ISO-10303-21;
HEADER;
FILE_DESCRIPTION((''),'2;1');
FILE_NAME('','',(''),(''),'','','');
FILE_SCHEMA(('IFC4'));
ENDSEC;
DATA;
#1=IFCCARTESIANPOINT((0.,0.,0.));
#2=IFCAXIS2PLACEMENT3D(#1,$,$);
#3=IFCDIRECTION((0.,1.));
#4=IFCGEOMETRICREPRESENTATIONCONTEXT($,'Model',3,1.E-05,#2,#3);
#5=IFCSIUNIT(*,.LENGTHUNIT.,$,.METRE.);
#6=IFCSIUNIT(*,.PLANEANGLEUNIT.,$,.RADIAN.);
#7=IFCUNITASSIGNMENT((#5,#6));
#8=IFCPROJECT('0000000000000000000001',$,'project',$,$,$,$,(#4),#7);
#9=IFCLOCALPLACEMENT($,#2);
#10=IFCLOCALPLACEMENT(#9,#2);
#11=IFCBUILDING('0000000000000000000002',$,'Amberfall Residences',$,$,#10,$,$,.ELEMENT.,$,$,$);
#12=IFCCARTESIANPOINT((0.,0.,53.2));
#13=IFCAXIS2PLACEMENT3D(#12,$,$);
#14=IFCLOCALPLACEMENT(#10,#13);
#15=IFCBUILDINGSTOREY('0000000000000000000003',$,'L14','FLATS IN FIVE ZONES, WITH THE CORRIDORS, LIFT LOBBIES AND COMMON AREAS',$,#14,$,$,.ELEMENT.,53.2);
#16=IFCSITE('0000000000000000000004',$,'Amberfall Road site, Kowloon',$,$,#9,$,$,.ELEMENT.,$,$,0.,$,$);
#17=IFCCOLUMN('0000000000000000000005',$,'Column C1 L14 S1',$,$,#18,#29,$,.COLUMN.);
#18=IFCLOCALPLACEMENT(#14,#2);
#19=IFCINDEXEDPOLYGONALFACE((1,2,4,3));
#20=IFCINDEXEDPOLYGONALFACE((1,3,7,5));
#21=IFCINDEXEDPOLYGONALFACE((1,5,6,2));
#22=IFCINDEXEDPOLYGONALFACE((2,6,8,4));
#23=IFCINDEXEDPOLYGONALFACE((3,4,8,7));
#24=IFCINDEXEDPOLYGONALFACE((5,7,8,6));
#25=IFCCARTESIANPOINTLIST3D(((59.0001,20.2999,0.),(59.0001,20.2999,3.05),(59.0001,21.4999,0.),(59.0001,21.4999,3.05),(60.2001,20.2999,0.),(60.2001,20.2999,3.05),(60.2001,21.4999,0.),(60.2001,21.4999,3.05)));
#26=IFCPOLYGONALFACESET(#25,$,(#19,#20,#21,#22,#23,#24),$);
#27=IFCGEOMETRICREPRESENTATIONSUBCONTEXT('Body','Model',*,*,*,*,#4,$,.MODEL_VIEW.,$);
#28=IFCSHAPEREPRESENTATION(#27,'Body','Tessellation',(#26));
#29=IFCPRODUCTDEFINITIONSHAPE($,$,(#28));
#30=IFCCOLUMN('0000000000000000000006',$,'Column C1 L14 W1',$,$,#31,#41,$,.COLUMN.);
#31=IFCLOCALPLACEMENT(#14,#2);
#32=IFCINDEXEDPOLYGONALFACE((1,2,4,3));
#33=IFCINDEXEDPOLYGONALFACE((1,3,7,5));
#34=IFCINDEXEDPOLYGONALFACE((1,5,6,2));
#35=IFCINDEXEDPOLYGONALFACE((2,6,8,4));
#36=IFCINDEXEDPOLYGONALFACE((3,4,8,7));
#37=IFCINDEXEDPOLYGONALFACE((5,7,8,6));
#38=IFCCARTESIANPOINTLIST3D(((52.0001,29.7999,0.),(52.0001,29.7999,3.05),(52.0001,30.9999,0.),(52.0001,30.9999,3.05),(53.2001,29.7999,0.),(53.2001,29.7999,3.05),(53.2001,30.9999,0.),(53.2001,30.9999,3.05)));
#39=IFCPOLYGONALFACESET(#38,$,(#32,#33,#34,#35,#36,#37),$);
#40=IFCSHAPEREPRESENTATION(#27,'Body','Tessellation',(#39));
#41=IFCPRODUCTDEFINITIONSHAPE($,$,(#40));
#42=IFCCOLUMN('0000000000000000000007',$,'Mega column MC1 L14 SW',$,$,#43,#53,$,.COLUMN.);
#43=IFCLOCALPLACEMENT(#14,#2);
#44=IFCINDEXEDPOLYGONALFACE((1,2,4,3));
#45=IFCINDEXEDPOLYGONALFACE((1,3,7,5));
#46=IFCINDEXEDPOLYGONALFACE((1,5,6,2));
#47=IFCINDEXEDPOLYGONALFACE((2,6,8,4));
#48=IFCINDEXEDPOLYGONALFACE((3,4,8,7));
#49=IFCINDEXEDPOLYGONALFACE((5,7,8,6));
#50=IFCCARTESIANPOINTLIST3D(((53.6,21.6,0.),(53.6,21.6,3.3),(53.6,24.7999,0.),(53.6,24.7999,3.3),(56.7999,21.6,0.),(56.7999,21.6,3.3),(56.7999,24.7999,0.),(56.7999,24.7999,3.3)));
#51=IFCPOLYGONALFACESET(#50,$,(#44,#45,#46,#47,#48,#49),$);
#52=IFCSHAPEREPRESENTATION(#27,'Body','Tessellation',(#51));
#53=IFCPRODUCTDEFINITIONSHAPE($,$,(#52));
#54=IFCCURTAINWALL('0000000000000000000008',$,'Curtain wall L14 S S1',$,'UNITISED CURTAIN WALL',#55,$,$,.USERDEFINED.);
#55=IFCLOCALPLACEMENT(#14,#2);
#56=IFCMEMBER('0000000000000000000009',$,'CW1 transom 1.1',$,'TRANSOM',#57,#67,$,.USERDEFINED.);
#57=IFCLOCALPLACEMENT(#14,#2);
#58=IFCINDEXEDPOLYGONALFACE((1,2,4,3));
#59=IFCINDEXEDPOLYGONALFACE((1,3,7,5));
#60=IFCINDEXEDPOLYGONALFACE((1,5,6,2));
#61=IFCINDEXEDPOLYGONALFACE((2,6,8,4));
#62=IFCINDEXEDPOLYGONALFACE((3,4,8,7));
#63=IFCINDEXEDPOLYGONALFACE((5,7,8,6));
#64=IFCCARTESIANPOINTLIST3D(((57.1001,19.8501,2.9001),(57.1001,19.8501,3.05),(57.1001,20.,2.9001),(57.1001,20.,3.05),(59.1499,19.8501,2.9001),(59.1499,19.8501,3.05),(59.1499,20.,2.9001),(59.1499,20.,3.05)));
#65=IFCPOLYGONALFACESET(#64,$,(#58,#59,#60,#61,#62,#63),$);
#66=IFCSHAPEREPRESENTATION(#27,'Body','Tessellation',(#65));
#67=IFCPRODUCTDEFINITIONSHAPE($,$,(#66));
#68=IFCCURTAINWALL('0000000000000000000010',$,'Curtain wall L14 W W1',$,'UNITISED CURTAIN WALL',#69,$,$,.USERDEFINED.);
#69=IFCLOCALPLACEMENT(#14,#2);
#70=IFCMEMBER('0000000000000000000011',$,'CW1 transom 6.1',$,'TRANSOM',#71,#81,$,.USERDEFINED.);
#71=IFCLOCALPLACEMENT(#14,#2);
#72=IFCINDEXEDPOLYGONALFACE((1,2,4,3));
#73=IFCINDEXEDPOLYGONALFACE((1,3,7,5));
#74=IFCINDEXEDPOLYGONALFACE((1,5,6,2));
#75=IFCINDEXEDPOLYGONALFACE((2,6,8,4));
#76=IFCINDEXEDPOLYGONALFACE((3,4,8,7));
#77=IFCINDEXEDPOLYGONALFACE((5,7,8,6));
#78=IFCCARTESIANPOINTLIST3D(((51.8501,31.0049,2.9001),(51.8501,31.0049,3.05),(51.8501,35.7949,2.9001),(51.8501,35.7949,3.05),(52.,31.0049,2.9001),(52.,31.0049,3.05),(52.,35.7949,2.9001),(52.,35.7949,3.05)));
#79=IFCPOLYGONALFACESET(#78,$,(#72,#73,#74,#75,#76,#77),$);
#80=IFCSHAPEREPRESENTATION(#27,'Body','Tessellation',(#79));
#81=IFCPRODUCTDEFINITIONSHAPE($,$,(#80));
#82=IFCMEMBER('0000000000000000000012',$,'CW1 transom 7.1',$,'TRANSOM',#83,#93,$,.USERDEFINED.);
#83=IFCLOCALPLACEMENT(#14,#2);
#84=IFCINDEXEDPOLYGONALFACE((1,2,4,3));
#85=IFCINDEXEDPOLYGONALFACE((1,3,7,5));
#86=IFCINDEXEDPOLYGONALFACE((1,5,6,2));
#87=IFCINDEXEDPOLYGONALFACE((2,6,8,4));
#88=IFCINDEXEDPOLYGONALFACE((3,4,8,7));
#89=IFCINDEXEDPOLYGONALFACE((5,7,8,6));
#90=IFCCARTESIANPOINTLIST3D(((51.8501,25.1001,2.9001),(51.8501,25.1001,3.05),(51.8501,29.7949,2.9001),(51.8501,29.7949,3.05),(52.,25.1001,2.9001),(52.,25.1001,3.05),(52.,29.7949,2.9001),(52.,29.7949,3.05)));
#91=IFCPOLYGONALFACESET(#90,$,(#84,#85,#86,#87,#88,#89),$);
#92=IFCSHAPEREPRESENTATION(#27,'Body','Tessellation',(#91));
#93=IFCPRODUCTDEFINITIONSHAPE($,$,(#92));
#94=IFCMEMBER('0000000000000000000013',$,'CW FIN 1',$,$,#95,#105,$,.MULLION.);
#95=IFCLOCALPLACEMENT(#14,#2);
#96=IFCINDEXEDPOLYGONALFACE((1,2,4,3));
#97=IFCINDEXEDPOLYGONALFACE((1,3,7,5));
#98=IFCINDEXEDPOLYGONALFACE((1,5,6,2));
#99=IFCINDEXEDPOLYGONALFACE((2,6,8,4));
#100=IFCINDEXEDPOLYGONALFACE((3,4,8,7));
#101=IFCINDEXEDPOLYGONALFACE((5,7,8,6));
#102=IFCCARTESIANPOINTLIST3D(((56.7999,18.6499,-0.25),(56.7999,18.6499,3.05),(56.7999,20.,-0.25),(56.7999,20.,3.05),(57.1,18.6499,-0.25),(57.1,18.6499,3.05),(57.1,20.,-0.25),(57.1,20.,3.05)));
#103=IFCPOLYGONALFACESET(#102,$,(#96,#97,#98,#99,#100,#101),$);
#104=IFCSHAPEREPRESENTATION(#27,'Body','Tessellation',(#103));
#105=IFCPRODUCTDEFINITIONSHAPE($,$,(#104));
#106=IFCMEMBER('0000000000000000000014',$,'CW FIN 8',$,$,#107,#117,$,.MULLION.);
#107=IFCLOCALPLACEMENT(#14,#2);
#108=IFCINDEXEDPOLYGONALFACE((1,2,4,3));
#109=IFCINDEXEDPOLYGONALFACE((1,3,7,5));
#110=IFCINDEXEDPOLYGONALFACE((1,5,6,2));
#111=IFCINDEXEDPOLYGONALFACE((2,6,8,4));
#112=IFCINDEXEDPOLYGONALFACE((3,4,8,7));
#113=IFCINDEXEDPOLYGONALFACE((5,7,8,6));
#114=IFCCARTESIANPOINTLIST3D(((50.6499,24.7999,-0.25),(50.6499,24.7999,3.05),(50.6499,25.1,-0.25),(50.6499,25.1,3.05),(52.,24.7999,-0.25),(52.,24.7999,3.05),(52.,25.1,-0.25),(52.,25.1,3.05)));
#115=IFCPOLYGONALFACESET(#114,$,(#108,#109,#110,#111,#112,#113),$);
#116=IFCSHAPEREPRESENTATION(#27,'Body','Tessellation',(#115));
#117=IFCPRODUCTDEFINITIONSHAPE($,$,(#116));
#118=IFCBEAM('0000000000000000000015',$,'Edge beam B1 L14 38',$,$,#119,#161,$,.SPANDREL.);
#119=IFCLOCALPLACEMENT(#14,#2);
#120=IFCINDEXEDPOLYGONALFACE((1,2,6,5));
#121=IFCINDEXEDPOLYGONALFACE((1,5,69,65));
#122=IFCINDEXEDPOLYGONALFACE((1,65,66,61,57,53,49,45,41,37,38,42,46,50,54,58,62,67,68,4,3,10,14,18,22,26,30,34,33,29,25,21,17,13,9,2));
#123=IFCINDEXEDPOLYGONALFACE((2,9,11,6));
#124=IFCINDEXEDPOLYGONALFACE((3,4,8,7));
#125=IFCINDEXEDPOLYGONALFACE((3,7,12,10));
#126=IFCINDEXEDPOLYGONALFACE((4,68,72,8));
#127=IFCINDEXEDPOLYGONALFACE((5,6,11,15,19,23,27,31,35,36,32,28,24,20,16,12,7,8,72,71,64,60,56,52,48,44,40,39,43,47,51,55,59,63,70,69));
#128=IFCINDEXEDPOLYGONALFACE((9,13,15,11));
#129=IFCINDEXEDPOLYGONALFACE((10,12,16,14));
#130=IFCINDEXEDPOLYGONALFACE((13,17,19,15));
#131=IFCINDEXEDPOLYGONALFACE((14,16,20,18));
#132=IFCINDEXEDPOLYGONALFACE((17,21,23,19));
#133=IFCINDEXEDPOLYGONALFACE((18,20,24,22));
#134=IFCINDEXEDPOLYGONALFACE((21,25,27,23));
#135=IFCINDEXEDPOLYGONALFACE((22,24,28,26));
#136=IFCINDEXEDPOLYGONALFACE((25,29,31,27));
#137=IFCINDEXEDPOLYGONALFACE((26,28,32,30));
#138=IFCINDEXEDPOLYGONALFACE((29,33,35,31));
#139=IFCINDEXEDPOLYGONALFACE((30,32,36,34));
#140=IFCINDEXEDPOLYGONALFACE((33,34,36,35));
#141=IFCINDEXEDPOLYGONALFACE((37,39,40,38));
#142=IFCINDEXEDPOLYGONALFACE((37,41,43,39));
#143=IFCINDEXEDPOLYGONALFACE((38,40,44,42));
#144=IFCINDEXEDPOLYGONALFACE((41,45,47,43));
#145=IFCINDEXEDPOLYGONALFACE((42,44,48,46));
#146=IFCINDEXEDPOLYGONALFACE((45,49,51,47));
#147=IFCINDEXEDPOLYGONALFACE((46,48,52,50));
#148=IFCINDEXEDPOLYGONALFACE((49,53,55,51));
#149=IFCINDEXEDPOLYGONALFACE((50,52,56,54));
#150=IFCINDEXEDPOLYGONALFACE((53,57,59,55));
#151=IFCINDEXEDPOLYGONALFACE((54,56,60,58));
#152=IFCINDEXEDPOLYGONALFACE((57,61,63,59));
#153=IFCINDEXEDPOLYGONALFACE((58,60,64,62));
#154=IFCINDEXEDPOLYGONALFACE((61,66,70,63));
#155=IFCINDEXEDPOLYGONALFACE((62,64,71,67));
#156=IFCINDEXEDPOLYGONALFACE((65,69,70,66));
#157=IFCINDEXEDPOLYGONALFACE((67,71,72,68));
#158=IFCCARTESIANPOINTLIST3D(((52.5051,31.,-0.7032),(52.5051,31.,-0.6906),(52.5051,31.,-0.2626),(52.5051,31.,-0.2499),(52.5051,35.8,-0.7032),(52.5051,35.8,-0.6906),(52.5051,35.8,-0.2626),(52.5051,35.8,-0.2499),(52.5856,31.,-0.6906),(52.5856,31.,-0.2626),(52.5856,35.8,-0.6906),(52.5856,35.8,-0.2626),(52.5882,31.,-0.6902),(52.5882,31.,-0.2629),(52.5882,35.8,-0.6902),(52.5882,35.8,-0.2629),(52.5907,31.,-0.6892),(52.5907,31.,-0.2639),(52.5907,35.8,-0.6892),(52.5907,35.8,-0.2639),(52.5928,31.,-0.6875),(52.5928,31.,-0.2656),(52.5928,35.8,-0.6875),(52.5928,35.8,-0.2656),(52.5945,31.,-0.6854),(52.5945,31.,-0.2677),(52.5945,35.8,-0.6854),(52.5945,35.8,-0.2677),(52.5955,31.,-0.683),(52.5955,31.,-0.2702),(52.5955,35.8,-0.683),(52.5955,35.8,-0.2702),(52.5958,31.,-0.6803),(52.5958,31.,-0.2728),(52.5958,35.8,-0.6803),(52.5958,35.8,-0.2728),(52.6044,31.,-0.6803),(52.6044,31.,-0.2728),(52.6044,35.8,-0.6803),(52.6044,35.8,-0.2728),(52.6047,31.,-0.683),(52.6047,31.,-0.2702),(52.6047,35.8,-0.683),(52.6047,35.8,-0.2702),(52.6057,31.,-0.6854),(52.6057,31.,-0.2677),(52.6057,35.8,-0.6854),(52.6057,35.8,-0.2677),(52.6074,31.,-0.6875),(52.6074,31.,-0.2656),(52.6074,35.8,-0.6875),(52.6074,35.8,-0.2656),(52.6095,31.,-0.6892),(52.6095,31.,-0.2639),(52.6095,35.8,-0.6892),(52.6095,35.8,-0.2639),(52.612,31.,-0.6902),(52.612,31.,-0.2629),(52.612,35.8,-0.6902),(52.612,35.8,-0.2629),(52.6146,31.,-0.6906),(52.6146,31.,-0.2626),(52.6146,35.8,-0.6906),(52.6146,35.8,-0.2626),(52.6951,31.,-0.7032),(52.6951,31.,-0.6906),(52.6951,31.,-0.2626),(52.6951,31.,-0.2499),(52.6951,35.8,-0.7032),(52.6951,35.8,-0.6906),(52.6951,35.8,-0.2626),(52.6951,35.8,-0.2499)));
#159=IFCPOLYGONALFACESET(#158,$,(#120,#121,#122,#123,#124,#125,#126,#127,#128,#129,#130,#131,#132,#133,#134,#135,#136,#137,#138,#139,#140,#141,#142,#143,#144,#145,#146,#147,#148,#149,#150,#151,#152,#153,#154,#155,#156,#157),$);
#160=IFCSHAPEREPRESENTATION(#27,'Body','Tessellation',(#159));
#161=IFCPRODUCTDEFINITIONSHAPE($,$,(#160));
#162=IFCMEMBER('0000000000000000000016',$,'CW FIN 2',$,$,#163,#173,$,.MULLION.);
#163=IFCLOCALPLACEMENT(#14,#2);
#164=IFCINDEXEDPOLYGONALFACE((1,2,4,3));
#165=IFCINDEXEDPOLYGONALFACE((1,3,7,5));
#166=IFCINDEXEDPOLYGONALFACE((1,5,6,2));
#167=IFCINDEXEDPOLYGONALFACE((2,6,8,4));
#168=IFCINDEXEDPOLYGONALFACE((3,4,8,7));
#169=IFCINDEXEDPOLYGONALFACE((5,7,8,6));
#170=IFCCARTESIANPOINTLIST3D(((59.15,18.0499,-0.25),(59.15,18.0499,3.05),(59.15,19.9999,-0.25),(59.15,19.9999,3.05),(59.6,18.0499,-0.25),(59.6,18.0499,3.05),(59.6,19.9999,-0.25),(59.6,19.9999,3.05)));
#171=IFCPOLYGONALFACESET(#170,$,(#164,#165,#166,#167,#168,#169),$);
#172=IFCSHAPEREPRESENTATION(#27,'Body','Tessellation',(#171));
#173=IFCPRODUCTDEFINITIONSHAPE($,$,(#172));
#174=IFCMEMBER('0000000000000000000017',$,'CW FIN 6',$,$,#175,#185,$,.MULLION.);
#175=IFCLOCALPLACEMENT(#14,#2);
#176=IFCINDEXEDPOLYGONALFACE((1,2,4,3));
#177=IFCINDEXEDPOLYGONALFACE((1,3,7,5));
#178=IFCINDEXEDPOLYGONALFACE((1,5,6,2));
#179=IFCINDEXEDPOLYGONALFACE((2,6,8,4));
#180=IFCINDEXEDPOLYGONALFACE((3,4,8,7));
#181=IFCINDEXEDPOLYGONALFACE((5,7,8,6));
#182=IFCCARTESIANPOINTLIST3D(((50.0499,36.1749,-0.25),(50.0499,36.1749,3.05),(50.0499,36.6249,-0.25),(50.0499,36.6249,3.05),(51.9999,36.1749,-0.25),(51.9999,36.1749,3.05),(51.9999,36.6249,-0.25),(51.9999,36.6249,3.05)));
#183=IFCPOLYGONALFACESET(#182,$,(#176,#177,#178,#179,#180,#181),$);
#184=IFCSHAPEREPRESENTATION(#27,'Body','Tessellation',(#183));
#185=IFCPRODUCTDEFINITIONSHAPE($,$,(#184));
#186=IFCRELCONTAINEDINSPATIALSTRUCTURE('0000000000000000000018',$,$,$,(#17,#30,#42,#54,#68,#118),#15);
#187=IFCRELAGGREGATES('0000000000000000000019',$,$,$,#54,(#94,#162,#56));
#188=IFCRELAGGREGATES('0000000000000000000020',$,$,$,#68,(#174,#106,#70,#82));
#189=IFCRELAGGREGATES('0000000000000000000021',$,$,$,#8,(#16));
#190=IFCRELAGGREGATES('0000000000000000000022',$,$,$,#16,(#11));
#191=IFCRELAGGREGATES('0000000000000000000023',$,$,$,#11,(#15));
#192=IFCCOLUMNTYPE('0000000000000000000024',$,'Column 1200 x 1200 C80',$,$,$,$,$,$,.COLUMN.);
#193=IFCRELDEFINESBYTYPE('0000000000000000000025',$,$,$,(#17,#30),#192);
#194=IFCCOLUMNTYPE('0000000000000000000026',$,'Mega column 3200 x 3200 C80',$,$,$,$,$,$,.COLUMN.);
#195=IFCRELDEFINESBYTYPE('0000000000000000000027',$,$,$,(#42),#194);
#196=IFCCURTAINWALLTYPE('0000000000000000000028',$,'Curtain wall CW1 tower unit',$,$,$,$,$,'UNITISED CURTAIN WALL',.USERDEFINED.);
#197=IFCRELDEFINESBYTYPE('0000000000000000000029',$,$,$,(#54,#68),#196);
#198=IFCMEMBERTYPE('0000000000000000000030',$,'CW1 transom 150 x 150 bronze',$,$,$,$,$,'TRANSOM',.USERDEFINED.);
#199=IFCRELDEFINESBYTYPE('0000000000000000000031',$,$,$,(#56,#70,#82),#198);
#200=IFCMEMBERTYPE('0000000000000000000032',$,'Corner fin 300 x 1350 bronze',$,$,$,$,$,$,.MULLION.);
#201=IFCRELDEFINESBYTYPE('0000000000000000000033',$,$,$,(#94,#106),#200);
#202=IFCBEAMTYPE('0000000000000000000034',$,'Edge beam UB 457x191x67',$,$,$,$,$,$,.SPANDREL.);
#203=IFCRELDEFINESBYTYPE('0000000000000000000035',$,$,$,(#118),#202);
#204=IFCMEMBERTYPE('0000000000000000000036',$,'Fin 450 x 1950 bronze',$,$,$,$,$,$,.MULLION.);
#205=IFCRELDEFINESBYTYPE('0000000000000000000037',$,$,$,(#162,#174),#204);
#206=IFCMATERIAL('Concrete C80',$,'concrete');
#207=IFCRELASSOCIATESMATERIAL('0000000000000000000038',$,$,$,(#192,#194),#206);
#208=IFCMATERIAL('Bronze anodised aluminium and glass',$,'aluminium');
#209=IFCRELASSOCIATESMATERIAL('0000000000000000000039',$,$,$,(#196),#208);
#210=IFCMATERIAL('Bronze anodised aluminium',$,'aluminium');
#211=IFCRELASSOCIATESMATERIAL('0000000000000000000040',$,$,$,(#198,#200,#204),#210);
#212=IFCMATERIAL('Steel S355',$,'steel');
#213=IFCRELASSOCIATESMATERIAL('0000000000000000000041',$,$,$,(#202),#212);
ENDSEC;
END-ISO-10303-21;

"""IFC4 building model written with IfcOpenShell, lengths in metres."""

from ifc_helpers import new_model, si_unit, direction, frame, origin, origin_2d, place, context, subcontext, project, spatial, rectangle, i_section, extrude, material, material_profile, profile_set, type_object, element, aggregate, save


model = new_model("IFC4")

# Units and contexts
model_context = context("Model", 3, precision=1e-05, world=origin(), true_north=direction((0.0, 1.0)))
body_context = subcontext(model_context, "Body", "Model", "MODEL_VIEW")
ifc_project = project(units=[si_unit("LENGTHUNIT", "METRE"), si_unit("PLANEANGLEUNIT", "RADIAN")], contexts=[model_context])

# Site, building, storey
site_placement = place(None, origin())
site = spatial("IfcSite", under=ifc_project, at=site_placement, Name="Amberfall Road site, Kowloon", CompositionType="ELEMENT", RefElevation=0.0)
building_placement = place(site_placement, origin())
building = spatial("IfcBuilding", under=site, at=building_placement, Name="Amberfall Residences", CompositionType="ELEMENT")
storey_placement = place(building_placement, frame((0.0, 0.0, 53.2)))
storey = spatial("IfcBuildingStorey", under=building, at=storey_placement, Name="L14", Description="FLATS IN FIVE ZONES, WITH THE CORRIDORS, LIFT LOBBIES AND COMMON AREAS", CompositionType="ELEMENT", Elevation=53.2)

# Columns
ifc_material_1 = material(Name="Concrete C80", Category="concrete")
ifc_material_profile_1 = material_profile(ifc_material_1, rectangle(XDim=1.2, YDim=1.2, at=origin_2d()), Name="Column 1200 x 1200 C80")
ifc_profile_set_1 = profile_set([ifc_material_profile_1], Name="Concrete C80")
column_type_1 = type_object("IfcColumnType", Name="Column 1200 x 1200 C80", PredefinedType="COLUMN", material=ifc_profile_set_1)
for number, where, z_axis, x_axis, name in (
    (1, (59.6001, 20.8999, 0.0), (0.0, 0.0, 1.0), (1.0, 0.0, 0.0), "Column C1 L14 S1"),
    (2, (52.6001, 30.3999, 0.0), (0.0, 0.0, 1.0), (1.0, 0.0, 0.0), "Column C1 L14 W1"),
):
    element("IfcColumn", number, at=place(storey_placement, frame(where, z_axis=z_axis, x_axis=x_axis)), inside=storey, type_object=column_type_1, Name=name, PredefinedType="COLUMN", context=body_context, shape_type="SweptSolid", body=[
        extrude(rectangle(XDim=1.2, YDim=1.2, at=origin_2d()), origin(), (0.0, 0.0, 1.0), 3.05),
    ])
ifc_material_profile_2 = material_profile(ifc_material_1, rectangle(XDim=3.2, YDim=3.2, at=origin_2d()), Name="Mega column 3200 x 3200 C80")
ifc_profile_set_2 = profile_set([ifc_material_profile_2], Name="Concrete C80")
column_type_2 = type_object("IfcColumnType", Name="Mega column 3200 x 3200 C80", PredefinedType="COLUMN", material=ifc_profile_set_2)
column_placement = place(storey_placement, frame((55.2, 23.2, 0.0), z_axis=(0.0, 0.0, 1.0), x_axis=(1.0, 0.0, 0.0)))
element("IfcColumn", 3, at=column_placement, inside=storey, type_object=column_type_2, Name="Mega column MC1 L14 SW", PredefinedType="COLUMN", context=body_context, shape_type="SweptSolid", body=[
    extrude(rectangle(XDim=3.2, YDim=3.2, at=origin_2d()), origin(), (0.0, 0.0, 1.0), 3.3),
])

# Curtain wall, member
ifc_material_2 = material(Name="Bronze anodised aluminium and glass", Category="aluminium")
curtain_wall_type = type_object("IfcCurtainWallType", Name="Curtain wall CW1 tower unit", ElementType="UNITISED CURTAIN WALL", PredefinedType="USERDEFINED", material=ifc_material_2)
curtain_wall_1_placement = place(storey_placement, origin())
curtain_wall_1 = element("IfcCurtainWall", 4, at=curtain_wall_1_placement, inside=storey, type_object=curtain_wall_type, Name="Curtain wall L14 S S1", ObjectType="UNITISED CURTAIN WALL", PredefinedType="USERDEFINED")
ifc_material_3 = material(Name="Bronze anodised aluminium", Category="aluminium")
ifc_material_profile_3 = material_profile(ifc_material_3, rectangle(XDim=0.1499, YDim=0.1499, at=origin_2d()), Name="CW1 transom 150 x 150 bronze")
ifc_profile_set_3 = profile_set([ifc_material_profile_3], Name="Bronze anodised aluminium")
member_type_1 = type_object("IfcMemberType", Name="CW1 transom 150 x 150 bronze", ElementType="TRANSOM", PredefinedType="USERDEFINED", material=ifc_profile_set_3)
member_1_placement = place(storey_placement, frame((57.1001, 19.925, 2.9751), z_axis=(1.0, 0.0, 0.0), x_axis=(0.0, 1.0, 0.0)))
member_1 = element("IfcMember", 5, at=member_1_placement, type_object=member_type_1, Name="CW1 transom 1.1", ObjectType="TRANSOM", PredefinedType="USERDEFINED", context=body_context, shape_type="SweptSolid", body=[
    extrude(rectangle(XDim=0.1499, YDim=0.1499, at=origin_2d()), origin(), (0.0, 0.0, 1.0), 2.0498),
])

# Curtain wall, members
curtain_wall_2_placement = place(storey_placement, origin())
curtain_wall_2 = element("IfcCurtainWall", 6, at=curtain_wall_2_placement, inside=storey, type_object=curtain_wall_type, Name="Curtain wall L14 W W1", ObjectType="UNITISED CURTAIN WALL", PredefinedType="USERDEFINED")
member_2_placement = place(storey_placement, frame((51.925, 35.7949, 2.9751), z_axis=(0.0, -1.0, 0.0), x_axis=(1.0, 0.0, 0.0)))
member_2 = element("IfcMember", 7, at=member_2_placement, type_object=member_type_1, Name="CW1 transom 6.1", ObjectType="TRANSOM", PredefinedType="USERDEFINED", context=body_context, shape_type="SweptSolid", body=[
    extrude(rectangle(XDim=0.1499, YDim=0.1499, at=origin_2d()), origin(), (0.0, 0.0, 1.0), 4.79),
])
member_3_placement = place(storey_placement, frame((51.925, 29.7949, 2.9751), z_axis=(0.0, -1.0, 0.0), x_axis=(1.0, 0.0, 0.0)))
member_3 = element("IfcMember", 8, at=member_3_placement, type_object=member_type_1, Name="CW1 transom 7.1", ObjectType="TRANSOM", PredefinedType="USERDEFINED", context=body_context, shape_type="SweptSolid", body=[
    extrude(rectangle(XDim=0.1499, YDim=0.1499, at=origin_2d()), origin(), (0.0, 0.0, 1.0), 4.6948),
])

# Members
ifc_material_profile_4 = material_profile(ifc_material_3, rectangle(XDim=1.3501, YDim=0.3, at=origin_2d()), Name="Corner fin 300 x 1350 bronze")
ifc_profile_set_4 = profile_set([ifc_material_profile_4], Name="Bronze anodised aluminium")
member_type_2 = type_object("IfcMemberType", Name="Corner fin 300 x 1350 bronze", PredefinedType="MULLION", material=ifc_profile_set_4)
member_4_placement = place(storey_placement, frame((56.95, 19.325, -0.25), z_axis=(0.0, 0.0, 1.0), x_axis=(0.0, 1.0, 0.0)))
member_4 = element("IfcMember", 9, at=member_4_placement, type_object=member_type_2, Name="CW FIN 1", PredefinedType="MULLION", context=body_context, shape_type="SweptSolid", body=[
    extrude(rectangle(XDim=1.3501, YDim=0.3, at=origin_2d()), origin(), (0.0, 0.0, 1.0), 3.3),
])
member_5_placement = place(storey_placement, frame((51.325, 24.95, -0.25), z_axis=(0.0, 0.0, 1.0), x_axis=(1.0, 0.0, 0.0)))
member_5 = element("IfcMember", 10, at=member_5_placement, type_object=member_type_2, Name="CW FIN 8", PredefinedType="MULLION", context=body_context, shape_type="SweptSolid", body=[
    extrude(rectangle(XDim=1.3501, YDim=0.3, at=origin_2d()), origin(), (0.0, 0.0, 1.0), 3.3),
])

# Beam
ifc_material_4 = material(Name="Steel S355", Category="steel")
ifc_material_profile_5 = material_profile(ifc_material_4, i_section(OverallWidth=0.1899, OverallDepth=0.4534, WebThickness=0.0085, FlangeThickness=0.0127, FilletRadius=0.0103, at=origin_2d()), Name="UB 457x191x67")
ifc_profile_set_5 = profile_set([ifc_material_profile_5], Name="Steel S355")
beam_type_1 = type_object("IfcBeamType", Name="Edge beam UB 457x191x67", PredefinedType="SPANDREL", material=ifc_profile_set_5)
beam_1_placement = place(storey_placement, frame((52.6001, 31.0, -0.4766), z_axis=(0.0, 1.0, 0.0), x_axis=(-1.0, 0.0, 0.0)))
element("IfcBeam", 11, at=beam_1_placement, inside=storey, type_object=beam_type_1, Name="Edge beam B1 L14 38", PredefinedType="SPANDREL", context=body_context, shape_type="SweptSolid", body=[
    extrude(i_section(OverallWidth=0.1899, OverallDepth=0.4534, WebThickness=0.0085, FlangeThickness=0.0127, FilletRadius=0.0103, at=origin_2d()), origin(), (0.0, 0.0, 1.0), 4.8),
])

# Members
ifc_material_profile_6 = material_profile(ifc_material_3, rectangle(XDim=1.95, YDim=0.45, at=origin_2d()), Name="Fin 450 x 1950 bronze")
ifc_profile_set_6 = profile_set([ifc_material_profile_6], Name="Bronze anodised aluminium")
member_type_3 = type_object("IfcMemberType", Name="Fin 450 x 1950 bronze", PredefinedType="MULLION", material=ifc_profile_set_6)
member_6_placement = place(storey_placement, frame((59.375, 19.0249, -0.25), z_axis=(0.0, 0.0, 1.0), x_axis=(0.0, 1.0, 0.0)))
member_6 = element("IfcMember", 12, at=member_6_placement, type_object=member_type_3, Name="CW FIN 2", PredefinedType="MULLION", context=body_context, shape_type="SweptSolid", body=[
    extrude(rectangle(XDim=1.95, YDim=0.45, at=origin_2d()), origin(), (0.0, 0.0, 1.0), 3.3),
])
member_7_placement = place(storey_placement, frame((51.0249, 36.3999, -0.25), z_axis=(0.0, 0.0, 1.0), x_axis=(1.0, 0.0, 0.0)))
member_7 = element("IfcMember", 13, at=member_7_placement, type_object=member_type_3, Name="CW FIN 6", PredefinedType="MULLION", context=body_context, shape_type="SweptSolid", body=[
    extrude(rectangle(XDim=1.95, YDim=0.45, at=origin_2d()), origin(), (0.0, 0.0, 1.0), 3.3),
])

aggregate(curtain_wall_1, [member_4, member_6, member_1])
aggregate(curtain_wall_2, [member_7, member_5, member_2, member_3])

save(model, "model.ifc")
